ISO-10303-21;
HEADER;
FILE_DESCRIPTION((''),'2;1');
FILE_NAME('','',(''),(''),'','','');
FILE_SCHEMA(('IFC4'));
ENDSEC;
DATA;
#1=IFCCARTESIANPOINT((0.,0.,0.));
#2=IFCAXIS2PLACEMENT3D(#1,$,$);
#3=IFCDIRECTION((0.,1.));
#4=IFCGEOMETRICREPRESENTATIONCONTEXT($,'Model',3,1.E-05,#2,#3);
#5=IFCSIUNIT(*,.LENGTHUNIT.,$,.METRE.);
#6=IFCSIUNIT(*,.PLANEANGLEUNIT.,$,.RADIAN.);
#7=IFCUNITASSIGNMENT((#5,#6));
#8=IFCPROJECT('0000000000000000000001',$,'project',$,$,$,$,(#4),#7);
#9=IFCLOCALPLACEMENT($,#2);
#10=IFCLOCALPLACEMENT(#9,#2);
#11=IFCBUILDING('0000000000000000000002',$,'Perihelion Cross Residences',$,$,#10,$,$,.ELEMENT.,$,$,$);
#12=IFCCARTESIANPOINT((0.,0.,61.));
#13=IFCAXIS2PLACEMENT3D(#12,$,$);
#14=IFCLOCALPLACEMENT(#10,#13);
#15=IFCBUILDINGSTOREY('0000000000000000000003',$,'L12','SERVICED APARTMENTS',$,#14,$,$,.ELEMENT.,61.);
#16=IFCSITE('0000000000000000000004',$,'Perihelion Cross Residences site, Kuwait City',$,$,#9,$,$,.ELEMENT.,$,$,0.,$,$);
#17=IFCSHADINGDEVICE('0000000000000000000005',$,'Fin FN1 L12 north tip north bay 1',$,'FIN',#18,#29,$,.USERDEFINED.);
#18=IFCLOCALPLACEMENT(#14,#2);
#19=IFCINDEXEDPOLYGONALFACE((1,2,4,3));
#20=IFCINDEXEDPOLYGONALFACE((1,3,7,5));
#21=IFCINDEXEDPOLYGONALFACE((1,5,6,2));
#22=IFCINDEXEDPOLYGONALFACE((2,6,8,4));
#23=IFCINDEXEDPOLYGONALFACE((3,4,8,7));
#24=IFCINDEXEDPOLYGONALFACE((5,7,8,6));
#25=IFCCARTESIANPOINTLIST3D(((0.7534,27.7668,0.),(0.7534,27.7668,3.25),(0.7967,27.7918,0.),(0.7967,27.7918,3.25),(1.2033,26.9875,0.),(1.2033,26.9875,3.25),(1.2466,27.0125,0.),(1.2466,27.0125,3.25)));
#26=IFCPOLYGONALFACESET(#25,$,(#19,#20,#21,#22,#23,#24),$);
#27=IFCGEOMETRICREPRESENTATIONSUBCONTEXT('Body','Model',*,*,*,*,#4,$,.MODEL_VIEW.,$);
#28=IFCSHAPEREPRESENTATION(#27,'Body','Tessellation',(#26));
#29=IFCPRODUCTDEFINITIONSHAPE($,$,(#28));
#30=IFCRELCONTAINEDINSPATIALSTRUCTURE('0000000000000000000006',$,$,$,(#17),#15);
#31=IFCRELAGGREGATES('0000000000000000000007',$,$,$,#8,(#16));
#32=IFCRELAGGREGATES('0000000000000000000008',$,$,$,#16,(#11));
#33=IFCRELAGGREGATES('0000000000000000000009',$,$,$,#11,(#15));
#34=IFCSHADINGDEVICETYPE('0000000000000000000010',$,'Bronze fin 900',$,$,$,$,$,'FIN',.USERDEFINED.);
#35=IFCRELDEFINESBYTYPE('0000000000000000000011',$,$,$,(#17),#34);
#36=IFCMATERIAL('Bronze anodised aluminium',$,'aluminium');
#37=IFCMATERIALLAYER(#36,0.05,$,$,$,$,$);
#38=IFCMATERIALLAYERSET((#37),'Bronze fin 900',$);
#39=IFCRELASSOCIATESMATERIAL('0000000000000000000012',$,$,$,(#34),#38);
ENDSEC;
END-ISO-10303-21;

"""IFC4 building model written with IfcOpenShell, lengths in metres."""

from ifc_helpers import new_model, si_unit, direction, frame, origin, origin_2d, place, context, subcontext, project, spatial, rectangle, extrude, material, layer, layer_set, type_object, element, save


model = new_model("IFC4")

# Units and contexts
model_context = context("Model", 3, precision=1e-05, world=origin(), true_north=direction((0.0, 1.0)))
body_context = subcontext(model_context, "Body", "Model", "MODEL_VIEW")
ifc_project = project(units=[si_unit("LENGTHUNIT", "METRE"), si_unit("PLANEANGLEUNIT", "RADIAN")], contexts=[model_context])

# Site, building, storey
site_placement = place(None, origin())
site = spatial("IfcSite", under=ifc_project, at=site_placement, Name="Perihelion Cross Residences site, Kuwait City", CompositionType="ELEMENT", RefElevation=0.0)
building_placement = place(site_placement, origin())
building = spatial("IfcBuilding", under=site, at=building_placement, Name="Perihelion Cross Residences", CompositionType="ELEMENT")
storey_placement = place(building_placement, frame((0.0, 0.0, 61.0)))
storey = spatial("IfcBuildingStorey", under=building, at=storey_placement, Name="L12", Description="SERVICED APARTMENTS", CompositionType="ELEMENT", Elevation=61.0)

# Shading device
ifc_material_1 = material(Name="Bronze anodised aluminium", Category="aluminium")
ifc_layer_1 = layer(ifc_material_1, 0.05)
ifc_layer_set_1 = layer_set([ifc_layer_1], Name="Bronze fin 900")
shading_device_type = type_object("IfcShadingDeviceType", Name="Bronze fin 900", ElementType="FIN", PredefinedType="USERDEFINED", material=ifc_layer_set_1)
shading_device_placement = place(storey_placement, frame((1.0, 27.3896, 0.0), z_axis=(0.0, 0.0, 1.0), x_axis=(-0.5, 0.866025, 0.0)))
element("IfcShadingDevice", 1, at=shading_device_placement, inside=storey, type_object=shading_device_type, Name="Fin FN1 L12 north tip north bay 1", ObjectType="FIN", PredefinedType="USERDEFINED", context=body_context, shape_type="SweptSolid", body=[
    extrude(rectangle(XDim=0.8999, YDim=0.05, at=origin_2d()), origin(), (0.0, 0.0, 1.0), 3.25),
])

save(model, "model.ifc")
